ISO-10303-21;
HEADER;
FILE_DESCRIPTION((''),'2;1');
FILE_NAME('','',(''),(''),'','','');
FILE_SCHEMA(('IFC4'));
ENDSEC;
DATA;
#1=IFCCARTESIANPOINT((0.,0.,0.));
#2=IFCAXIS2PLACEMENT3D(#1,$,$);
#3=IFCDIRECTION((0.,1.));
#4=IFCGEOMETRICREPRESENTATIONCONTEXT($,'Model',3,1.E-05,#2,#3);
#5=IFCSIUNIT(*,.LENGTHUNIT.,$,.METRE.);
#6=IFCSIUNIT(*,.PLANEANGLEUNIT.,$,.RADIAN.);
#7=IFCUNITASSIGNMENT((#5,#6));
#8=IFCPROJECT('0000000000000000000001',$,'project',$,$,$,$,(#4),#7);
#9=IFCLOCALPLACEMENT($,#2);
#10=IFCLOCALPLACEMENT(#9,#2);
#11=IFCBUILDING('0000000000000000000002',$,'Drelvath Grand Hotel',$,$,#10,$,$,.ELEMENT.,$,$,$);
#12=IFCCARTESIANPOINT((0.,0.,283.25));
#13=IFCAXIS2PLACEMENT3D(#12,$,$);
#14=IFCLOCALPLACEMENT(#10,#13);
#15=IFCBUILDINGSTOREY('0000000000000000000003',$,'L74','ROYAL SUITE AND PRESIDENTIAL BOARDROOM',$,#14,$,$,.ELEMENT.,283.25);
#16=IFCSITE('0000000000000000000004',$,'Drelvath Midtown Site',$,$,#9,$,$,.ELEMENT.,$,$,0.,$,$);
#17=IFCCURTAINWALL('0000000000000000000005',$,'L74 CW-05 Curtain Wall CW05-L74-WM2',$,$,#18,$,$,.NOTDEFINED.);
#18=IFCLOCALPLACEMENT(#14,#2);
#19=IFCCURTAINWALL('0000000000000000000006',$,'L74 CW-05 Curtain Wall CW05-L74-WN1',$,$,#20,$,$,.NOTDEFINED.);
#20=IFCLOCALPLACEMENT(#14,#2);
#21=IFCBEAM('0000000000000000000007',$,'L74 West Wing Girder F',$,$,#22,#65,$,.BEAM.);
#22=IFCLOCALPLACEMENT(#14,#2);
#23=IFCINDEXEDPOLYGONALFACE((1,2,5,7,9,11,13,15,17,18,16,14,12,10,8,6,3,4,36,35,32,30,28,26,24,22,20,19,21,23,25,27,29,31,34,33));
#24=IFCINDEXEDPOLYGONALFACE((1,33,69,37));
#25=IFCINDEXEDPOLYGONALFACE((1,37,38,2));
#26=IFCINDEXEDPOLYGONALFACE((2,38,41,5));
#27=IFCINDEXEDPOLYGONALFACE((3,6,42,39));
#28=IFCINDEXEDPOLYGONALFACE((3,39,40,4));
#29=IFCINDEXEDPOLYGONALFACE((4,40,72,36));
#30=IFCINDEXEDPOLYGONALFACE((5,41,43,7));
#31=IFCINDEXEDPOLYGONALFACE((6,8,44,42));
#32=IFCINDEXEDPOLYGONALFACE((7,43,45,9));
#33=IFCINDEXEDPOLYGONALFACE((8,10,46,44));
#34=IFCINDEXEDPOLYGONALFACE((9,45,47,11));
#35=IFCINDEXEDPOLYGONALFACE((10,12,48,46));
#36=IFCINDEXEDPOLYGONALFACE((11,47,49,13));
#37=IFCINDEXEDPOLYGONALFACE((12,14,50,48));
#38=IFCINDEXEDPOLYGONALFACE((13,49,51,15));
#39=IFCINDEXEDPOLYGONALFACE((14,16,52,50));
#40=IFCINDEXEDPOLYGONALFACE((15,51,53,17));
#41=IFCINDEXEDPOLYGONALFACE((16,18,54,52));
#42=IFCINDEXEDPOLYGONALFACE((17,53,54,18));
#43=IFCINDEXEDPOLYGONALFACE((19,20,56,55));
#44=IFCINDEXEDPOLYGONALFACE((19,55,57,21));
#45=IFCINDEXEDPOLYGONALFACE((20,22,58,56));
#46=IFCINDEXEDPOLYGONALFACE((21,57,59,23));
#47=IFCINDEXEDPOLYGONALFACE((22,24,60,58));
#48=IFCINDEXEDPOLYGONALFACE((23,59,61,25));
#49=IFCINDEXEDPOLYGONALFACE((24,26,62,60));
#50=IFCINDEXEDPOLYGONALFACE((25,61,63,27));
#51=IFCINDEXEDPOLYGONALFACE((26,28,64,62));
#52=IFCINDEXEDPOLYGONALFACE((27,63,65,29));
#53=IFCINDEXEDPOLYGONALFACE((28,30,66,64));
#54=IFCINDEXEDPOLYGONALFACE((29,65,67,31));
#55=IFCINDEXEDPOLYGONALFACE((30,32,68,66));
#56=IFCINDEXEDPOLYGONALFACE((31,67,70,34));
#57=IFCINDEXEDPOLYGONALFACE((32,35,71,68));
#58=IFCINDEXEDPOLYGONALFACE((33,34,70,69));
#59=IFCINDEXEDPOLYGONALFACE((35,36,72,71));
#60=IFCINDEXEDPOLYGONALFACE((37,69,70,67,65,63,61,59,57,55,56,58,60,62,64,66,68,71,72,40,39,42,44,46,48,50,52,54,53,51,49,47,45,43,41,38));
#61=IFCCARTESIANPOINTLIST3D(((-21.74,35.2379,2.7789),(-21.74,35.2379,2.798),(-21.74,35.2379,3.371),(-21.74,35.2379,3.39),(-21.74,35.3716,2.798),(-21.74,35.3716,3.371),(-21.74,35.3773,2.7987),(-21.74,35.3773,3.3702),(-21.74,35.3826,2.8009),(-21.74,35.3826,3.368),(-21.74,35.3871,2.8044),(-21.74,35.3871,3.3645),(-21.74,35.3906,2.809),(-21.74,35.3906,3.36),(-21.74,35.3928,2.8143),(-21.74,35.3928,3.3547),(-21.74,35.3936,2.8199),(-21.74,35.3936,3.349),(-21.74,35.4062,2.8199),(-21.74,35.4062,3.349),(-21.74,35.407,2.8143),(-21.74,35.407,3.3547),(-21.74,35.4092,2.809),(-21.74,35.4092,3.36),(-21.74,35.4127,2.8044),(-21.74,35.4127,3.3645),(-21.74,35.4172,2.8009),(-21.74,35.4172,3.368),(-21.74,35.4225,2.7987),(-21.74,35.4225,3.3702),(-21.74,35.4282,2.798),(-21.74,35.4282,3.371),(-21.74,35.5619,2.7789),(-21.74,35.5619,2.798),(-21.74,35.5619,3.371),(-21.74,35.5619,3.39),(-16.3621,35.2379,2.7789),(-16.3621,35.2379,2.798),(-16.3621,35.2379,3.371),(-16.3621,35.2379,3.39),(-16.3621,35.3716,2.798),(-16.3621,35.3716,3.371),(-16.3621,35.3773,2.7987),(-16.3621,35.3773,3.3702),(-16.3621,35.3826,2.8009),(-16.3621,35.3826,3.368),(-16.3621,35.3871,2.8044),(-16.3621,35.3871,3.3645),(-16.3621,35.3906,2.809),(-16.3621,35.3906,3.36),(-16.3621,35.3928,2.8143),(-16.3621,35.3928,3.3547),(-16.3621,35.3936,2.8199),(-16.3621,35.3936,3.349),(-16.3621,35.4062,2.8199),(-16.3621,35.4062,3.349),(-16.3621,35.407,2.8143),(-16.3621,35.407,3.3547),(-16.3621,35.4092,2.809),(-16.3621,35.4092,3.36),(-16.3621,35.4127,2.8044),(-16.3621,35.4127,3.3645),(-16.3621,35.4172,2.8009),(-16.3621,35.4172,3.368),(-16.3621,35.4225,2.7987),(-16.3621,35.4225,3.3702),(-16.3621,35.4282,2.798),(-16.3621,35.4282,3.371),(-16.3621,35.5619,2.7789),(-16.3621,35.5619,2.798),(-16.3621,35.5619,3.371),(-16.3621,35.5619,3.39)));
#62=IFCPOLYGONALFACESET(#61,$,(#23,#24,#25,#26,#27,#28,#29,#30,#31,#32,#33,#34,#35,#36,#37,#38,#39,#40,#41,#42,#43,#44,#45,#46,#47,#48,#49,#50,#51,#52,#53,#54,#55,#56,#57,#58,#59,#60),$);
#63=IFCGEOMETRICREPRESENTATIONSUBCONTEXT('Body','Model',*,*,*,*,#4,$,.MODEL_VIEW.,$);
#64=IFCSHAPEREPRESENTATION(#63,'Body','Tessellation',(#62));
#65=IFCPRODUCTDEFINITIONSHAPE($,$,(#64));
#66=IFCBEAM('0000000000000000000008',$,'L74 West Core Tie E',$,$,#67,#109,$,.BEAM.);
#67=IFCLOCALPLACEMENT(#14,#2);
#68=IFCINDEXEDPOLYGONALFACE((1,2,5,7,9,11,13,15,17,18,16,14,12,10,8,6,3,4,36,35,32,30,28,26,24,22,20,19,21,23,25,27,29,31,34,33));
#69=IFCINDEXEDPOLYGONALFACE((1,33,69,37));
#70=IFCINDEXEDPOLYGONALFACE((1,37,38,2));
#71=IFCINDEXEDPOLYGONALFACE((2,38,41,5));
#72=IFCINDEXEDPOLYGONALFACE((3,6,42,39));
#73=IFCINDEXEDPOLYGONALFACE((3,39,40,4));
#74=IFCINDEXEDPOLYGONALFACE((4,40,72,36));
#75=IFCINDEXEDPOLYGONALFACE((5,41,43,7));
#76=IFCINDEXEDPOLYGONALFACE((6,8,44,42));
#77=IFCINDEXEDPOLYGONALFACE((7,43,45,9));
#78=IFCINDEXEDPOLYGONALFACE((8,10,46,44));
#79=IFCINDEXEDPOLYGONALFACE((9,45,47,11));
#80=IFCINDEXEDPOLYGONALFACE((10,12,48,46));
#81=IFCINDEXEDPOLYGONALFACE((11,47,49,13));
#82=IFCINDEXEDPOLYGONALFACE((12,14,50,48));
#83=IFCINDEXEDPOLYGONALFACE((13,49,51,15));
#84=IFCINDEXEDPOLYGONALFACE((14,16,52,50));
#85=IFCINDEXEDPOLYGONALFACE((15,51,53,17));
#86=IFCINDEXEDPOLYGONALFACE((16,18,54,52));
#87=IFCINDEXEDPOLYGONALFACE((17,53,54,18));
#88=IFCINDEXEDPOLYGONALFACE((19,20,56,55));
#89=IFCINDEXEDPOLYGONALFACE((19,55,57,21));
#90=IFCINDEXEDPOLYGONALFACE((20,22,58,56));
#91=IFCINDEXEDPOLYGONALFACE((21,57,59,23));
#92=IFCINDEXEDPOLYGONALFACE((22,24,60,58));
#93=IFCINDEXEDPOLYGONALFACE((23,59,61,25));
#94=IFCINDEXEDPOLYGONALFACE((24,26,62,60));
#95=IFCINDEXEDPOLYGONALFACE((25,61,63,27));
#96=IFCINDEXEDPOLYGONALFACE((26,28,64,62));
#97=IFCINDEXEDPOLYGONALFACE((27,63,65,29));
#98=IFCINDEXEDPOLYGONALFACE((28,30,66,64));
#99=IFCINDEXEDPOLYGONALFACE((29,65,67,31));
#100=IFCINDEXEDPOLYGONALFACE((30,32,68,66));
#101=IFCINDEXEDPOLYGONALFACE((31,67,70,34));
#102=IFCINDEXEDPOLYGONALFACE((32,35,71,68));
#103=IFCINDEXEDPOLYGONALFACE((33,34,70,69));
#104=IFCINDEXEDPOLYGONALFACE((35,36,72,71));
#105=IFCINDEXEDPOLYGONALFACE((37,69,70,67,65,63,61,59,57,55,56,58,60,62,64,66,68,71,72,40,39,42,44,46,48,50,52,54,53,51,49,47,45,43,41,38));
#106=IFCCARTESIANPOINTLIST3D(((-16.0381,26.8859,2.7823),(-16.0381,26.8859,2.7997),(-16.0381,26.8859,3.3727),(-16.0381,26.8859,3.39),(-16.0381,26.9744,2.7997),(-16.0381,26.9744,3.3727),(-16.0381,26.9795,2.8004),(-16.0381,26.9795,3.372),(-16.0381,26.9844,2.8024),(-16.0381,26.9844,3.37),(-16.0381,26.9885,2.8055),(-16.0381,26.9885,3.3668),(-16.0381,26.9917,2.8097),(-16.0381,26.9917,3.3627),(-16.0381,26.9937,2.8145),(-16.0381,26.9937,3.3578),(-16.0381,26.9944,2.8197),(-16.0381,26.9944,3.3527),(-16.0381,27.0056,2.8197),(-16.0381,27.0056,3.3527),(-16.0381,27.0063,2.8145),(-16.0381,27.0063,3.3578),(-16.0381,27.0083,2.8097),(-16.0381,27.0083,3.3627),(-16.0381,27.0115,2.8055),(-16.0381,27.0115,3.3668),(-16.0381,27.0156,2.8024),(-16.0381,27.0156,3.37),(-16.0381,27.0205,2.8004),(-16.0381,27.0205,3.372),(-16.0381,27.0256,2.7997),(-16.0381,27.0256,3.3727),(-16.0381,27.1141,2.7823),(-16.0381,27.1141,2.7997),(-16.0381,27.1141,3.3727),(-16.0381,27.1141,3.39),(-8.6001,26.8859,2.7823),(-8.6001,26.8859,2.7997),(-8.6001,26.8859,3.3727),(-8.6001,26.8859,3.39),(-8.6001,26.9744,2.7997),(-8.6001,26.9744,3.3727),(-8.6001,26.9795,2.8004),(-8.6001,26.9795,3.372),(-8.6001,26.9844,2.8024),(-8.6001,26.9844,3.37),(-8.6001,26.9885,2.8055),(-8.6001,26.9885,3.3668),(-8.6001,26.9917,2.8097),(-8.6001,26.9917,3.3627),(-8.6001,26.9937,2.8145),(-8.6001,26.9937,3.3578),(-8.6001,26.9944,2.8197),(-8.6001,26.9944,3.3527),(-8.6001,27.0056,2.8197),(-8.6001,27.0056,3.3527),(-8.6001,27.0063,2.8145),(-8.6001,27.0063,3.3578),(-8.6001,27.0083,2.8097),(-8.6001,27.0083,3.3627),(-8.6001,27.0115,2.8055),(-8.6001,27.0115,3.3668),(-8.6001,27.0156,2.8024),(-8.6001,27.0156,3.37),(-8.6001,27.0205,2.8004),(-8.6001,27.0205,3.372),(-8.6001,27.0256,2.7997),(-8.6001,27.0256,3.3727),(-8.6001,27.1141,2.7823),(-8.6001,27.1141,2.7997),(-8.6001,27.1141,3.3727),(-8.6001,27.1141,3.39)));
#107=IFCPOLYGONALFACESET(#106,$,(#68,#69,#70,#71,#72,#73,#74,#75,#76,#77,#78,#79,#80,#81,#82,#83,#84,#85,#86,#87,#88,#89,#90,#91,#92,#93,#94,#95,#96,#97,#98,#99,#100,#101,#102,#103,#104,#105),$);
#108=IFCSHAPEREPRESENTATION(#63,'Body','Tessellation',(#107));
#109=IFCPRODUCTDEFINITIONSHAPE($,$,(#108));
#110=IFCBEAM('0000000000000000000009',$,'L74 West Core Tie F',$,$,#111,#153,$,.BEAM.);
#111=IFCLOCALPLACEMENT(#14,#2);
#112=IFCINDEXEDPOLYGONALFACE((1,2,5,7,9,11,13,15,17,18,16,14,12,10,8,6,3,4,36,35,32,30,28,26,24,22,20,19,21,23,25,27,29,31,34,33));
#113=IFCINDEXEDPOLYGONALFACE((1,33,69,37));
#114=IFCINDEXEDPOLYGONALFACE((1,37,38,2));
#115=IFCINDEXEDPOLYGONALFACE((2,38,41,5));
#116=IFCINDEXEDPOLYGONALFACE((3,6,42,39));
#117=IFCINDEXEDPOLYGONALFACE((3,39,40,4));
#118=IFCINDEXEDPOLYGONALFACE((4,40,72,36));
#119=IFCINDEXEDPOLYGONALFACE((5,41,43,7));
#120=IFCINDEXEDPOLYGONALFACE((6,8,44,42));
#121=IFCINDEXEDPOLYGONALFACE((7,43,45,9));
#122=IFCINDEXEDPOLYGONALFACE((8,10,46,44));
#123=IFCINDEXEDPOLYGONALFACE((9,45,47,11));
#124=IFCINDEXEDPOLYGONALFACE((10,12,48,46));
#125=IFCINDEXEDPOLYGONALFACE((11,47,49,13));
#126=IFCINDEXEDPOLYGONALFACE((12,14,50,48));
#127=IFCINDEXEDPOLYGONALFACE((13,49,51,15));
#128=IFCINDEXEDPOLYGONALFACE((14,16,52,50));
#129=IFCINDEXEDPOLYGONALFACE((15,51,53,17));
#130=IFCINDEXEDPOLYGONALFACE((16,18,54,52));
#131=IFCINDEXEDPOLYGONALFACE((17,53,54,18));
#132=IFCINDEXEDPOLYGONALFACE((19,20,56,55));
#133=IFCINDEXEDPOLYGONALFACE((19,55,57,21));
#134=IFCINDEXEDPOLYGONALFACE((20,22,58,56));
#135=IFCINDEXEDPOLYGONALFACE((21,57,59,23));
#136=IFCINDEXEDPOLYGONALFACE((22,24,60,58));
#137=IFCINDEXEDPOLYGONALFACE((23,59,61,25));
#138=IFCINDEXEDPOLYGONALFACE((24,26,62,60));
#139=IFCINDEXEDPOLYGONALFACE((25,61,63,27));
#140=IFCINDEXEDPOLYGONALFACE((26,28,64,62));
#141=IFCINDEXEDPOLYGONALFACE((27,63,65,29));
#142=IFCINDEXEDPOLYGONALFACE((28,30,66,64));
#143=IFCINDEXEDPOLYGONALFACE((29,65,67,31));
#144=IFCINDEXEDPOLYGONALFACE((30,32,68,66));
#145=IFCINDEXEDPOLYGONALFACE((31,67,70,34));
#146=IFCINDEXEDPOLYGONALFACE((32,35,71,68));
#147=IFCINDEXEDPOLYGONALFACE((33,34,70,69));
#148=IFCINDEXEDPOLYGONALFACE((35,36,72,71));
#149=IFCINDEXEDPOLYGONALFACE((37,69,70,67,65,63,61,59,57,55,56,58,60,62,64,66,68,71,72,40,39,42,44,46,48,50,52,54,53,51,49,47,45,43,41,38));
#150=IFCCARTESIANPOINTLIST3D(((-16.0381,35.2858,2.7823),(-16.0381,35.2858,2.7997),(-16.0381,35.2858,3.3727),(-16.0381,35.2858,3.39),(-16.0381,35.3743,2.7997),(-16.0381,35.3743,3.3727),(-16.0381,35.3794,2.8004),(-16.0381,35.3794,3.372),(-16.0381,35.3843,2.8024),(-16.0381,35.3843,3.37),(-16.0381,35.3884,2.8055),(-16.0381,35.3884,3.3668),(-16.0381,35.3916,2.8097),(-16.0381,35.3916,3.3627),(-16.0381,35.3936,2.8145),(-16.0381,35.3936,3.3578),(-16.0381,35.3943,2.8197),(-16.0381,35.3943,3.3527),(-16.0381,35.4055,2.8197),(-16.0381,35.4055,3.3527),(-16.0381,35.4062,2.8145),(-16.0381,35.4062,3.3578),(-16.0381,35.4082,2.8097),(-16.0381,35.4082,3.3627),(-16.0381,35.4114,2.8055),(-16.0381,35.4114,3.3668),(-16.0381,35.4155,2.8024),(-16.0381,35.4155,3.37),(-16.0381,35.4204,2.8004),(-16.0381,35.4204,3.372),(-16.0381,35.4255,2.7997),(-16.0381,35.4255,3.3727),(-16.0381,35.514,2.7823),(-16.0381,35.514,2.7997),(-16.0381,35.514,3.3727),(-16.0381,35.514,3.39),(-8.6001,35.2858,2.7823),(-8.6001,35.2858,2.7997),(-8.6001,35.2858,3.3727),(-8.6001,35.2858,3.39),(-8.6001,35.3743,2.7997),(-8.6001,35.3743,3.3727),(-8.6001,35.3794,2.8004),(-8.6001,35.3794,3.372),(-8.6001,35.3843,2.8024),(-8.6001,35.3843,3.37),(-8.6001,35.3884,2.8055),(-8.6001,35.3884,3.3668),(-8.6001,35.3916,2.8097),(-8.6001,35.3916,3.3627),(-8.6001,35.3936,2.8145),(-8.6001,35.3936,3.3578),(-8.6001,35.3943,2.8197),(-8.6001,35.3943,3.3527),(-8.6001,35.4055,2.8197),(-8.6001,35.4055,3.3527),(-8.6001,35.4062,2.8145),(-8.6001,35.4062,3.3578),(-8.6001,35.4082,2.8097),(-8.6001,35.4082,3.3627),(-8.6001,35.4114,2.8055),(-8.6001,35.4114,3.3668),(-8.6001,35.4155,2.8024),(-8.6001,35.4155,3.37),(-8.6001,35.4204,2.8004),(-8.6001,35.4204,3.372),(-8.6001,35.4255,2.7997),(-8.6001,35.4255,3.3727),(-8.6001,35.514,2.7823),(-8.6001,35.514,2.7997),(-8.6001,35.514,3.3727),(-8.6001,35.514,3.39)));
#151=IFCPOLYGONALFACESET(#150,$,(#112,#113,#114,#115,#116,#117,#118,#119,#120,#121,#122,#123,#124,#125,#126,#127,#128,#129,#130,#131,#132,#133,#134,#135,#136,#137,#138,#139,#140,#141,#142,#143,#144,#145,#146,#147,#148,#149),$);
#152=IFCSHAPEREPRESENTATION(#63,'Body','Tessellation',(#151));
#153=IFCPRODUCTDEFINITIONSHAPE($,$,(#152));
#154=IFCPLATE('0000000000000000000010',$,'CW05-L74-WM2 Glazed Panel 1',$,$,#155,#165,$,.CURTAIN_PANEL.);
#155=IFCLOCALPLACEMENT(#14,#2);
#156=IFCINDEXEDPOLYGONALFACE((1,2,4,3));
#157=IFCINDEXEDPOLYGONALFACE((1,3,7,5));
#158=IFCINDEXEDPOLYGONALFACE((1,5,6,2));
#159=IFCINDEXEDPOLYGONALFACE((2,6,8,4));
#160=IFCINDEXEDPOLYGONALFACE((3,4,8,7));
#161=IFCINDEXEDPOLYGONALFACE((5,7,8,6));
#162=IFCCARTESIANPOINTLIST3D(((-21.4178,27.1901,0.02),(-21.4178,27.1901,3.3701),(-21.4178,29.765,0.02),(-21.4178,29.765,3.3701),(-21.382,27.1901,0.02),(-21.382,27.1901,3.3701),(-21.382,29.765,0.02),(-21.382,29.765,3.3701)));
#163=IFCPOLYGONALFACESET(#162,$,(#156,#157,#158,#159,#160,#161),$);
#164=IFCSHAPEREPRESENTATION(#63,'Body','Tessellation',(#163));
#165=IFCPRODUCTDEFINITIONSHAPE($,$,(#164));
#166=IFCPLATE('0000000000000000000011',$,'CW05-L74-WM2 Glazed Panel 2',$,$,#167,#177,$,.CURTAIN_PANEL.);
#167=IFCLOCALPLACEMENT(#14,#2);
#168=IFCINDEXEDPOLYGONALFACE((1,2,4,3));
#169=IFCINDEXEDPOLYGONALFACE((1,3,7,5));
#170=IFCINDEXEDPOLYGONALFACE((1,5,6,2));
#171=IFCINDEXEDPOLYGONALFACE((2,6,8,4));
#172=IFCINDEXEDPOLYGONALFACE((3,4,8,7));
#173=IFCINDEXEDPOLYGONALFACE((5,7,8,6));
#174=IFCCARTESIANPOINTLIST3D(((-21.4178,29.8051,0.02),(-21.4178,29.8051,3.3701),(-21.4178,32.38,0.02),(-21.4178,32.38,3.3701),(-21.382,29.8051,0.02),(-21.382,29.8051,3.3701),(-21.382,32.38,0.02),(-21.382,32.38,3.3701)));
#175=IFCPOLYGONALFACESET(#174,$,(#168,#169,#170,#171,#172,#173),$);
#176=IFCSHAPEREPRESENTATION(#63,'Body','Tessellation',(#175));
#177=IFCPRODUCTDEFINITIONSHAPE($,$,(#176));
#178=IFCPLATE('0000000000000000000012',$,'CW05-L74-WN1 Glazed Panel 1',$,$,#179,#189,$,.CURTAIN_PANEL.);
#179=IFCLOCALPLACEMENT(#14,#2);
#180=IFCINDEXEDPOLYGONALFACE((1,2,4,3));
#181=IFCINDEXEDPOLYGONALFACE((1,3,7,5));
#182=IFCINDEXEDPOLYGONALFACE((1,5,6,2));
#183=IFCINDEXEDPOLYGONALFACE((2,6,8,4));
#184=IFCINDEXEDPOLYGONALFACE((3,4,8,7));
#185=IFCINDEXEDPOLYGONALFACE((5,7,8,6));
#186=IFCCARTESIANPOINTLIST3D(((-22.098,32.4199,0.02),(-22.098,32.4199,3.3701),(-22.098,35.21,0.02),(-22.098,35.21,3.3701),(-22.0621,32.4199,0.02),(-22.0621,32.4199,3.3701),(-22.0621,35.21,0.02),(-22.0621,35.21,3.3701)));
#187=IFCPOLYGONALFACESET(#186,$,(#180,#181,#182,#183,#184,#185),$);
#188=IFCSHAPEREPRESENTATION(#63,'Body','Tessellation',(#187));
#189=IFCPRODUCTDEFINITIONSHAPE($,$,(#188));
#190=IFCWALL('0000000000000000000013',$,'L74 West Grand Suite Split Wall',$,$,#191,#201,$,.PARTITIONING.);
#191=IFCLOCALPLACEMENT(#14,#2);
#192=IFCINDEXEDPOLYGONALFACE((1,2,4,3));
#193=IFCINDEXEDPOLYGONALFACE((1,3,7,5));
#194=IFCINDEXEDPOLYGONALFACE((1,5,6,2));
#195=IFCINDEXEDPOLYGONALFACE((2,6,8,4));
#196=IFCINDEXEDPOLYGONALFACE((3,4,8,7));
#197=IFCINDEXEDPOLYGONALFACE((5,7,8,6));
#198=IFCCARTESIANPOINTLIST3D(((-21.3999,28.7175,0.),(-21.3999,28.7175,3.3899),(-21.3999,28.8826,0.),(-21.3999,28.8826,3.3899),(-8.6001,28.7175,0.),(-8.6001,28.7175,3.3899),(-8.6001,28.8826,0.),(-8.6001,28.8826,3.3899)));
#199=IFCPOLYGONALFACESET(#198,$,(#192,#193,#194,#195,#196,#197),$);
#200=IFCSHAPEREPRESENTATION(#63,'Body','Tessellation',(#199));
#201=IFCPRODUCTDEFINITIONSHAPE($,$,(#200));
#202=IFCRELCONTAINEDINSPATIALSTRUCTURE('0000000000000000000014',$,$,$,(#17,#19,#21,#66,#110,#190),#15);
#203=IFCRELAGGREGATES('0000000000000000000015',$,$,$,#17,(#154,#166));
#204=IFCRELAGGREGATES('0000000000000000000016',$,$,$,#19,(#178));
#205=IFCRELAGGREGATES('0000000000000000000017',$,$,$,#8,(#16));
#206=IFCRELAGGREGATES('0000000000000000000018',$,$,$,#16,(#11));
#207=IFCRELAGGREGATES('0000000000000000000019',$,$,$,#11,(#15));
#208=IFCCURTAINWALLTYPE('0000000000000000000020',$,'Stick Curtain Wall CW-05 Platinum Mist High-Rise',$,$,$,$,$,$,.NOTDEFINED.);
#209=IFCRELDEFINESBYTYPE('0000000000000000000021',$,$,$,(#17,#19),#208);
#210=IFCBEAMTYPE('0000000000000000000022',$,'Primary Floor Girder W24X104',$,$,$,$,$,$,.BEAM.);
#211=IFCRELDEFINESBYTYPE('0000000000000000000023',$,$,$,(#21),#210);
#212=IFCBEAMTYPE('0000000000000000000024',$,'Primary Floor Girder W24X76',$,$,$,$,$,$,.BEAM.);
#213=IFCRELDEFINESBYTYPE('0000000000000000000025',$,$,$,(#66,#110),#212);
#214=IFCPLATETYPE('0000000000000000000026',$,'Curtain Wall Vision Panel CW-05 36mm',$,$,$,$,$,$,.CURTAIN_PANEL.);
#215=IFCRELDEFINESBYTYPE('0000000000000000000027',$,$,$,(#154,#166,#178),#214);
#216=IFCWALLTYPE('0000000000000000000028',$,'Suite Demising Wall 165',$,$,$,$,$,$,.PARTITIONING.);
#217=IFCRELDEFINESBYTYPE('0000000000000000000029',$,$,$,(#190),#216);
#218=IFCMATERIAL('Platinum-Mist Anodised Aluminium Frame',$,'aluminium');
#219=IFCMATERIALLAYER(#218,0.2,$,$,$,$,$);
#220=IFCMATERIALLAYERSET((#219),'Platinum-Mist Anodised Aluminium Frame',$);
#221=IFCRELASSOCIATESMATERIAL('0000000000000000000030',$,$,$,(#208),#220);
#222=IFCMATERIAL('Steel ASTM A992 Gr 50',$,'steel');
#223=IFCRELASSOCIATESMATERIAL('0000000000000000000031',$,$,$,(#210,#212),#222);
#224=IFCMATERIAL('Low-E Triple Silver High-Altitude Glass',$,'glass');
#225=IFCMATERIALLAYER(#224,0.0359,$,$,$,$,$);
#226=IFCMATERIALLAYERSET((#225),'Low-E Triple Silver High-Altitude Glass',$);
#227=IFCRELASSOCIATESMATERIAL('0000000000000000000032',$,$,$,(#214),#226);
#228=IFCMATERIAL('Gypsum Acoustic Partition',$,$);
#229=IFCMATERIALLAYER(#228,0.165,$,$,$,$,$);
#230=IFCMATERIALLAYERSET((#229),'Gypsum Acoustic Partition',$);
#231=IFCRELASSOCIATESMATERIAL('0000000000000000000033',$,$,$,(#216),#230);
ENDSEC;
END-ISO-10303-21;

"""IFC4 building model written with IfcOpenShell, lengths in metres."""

from ifc_helpers import new_model, si_unit, direction, frame, frame_2d, origin, origin_2d, place, context, subcontext, project, spatial, rectangle, i_section, extrude, material, layer, layer_set, material_profile, profile_set, type_object, element, aggregate, save


model = new_model("IFC4")

# Units and contexts
model_context = context("Model", 3, precision=1e-05, world=origin(), true_north=direction((0.0, 1.0)))
body_context = subcontext(model_context, "Body", "Model", "MODEL_VIEW")
ifc_project = project(units=[si_unit("LENGTHUNIT", "METRE"), si_unit("PLANEANGLEUNIT", "RADIAN")], contexts=[model_context])

# Site, building, storey
site_placement = place(None, origin())
site = spatial("IfcSite", under=ifc_project, at=site_placement, Name="Drelvath Midtown Site", CompositionType="ELEMENT", RefElevation=0.0)
building_placement = place(site_placement, origin())
building = spatial("IfcBuilding", under=site, at=building_placement, Name="Drelvath Grand Hotel", CompositionType="ELEMENT")
storey_placement = place(building_placement, frame((0.0, 0.0, 283.25)))
storey = spatial("IfcBuildingStorey", under=building, at=storey_placement, Name="L74", Description="ROYAL SUITE AND PRESIDENTIAL BOARDROOM", CompositionType="ELEMENT", Elevation=283.25)

# Curtain walls
ifc_material_1 = material(Name="Platinum-Mist Anodised Aluminium Frame", Category="aluminium")
ifc_layer_1 = layer(ifc_material_1, 0.2)
ifc_layer_set_1 = layer_set([ifc_layer_1], Name="Platinum-Mist Anodised Aluminium Frame")
curtain_wall_type = type_object("IfcCurtainWallType", Name="Stick Curtain Wall CW-05 Platinum Mist High-Rise", PredefinedType="NOTDEFINED", material=ifc_layer_set_1)
curtain_wall_1_placement = place(storey_placement, origin())
curtain_wall_1 = element("IfcCurtainWall", 1, at=curtain_wall_1_placement, inside=storey, type_object=curtain_wall_type, Name="L74 CW-05 Curtain Wall CW05-L74-WM2", PredefinedType="NOTDEFINED")
curtain_wall_2_placement = place(storey_placement, origin())
curtain_wall_2 = element("IfcCurtainWall", 2, at=curtain_wall_2_placement, inside=storey, type_object=curtain_wall_type, Name="L74 CW-05 Curtain Wall CW05-L74-WN1", PredefinedType="NOTDEFINED")

# Beams
ifc_material_2 = material(Name="Steel ASTM A992 Gr 50", Category="steel")
ifc_material_profile_1 = material_profile(ifc_material_2, i_section(OverallWidth=0.324, OverallDepth=0.6111, WebThickness=0.0127, FlangeThickness=0.019, FilletRadius=0.022, at=origin_2d()), Name="W24X104")
ifc_profile_set_1 = profile_set([ifc_material_profile_1], Name="Steel ASTM A992 Gr 50")
beam_type_1 = type_object("IfcBeamType", Name="Primary Floor Girder W24X104", PredefinedType="BEAM", material=ifc_profile_set_1)
beam_1_placement = place(storey_placement, frame((-21.74, 35.3999, 3.0845), z_axis=(1.0, 0.0, 0.0), x_axis=(0.0, 1.0, 0.0)))
element("IfcBeam", 3, at=beam_1_placement, inside=storey, type_object=beam_type_1, Name="L74 West Wing Girder F", PredefinedType="BEAM", context=body_context, shape_type="SweptSolid", body=[
    extrude(i_section(OverallWidth=0.324, OverallDepth=0.6111, WebThickness=0.0127, FlangeThickness=0.019, FilletRadius=0.022, at=origin_2d()), origin(), (0.0, 0.0, 1.0), 5.3779),
])
ifc_material_profile_2 = material_profile(ifc_material_2, i_section(OverallWidth=0.2283, OverallDepth=0.6077, WebThickness=0.0112, FlangeThickness=0.0173, FilletRadius=0.02, at=origin_2d()), Name="W24X76")
ifc_profile_set_2 = profile_set([ifc_material_profile_2], Name="Steel ASTM A992 Gr 50")
beam_type_2 = type_object("IfcBeamType", Name="Primary Floor Girder W24X76", PredefinedType="BEAM", material=ifc_profile_set_2)
for number, where, z_axis, x_axis, name in (
    (4, (-16.0381, 27.0, 3.0862), (1.0, 0.0, 0.0), (0.0, 1.0, 0.0), "L74 West Core Tie E"),
    (5, (-16.0381, 35.3999, 3.0862), (1.0, 0.0, 0.0), (0.0, 1.0, 0.0), "L74 West Core Tie F"),
):
    element("IfcBeam", number, at=place(storey_placement, frame(where, z_axis=z_axis, x_axis=x_axis)), inside=storey, type_object=beam_type_2, Name=name, PredefinedType="BEAM", context=body_context, shape_type="SweptSolid", body=[
        extrude(i_section(OverallWidth=0.2283, OverallDepth=0.6077, WebThickness=0.0112, FlangeThickness=0.0173, FilletRadius=0.02, at=origin_2d()), origin(), (0.0, 0.0, 1.0), 7.438),
    ])

# Plates
ifc_material_3 = material(Name="Low-E Triple Silver High-Altitude Glass", Category="glass")
ifc_layer_2 = layer(ifc_material_3, 0.0359)
ifc_layer_set_2 = layer_set([ifc_layer_2], Name="Low-E Triple Silver High-Altitude Glass")
plate_type = type_object("IfcPlateType", Name="Curtain Wall Vision Panel CW-05 36mm", PredefinedType="CURTAIN_PANEL", material=ifc_layer_set_2)
plate_1_placement = place(storey_placement, frame((-21.3999, 28.4775, 0.02), z_axis=(0.0, 0.0, 1.0), x_axis=(0.0, 1.0, 0.0)))
plate_1 = element("IfcPlate", 6, at=plate_1_placement, type_object=plate_type, Name="CW05-L74-WM2 Glazed Panel 1", PredefinedType="CURTAIN_PANEL", context=body_context, shape_type="SweptSolid", body=[
    extrude(rectangle(XDim=2.575, YDim=0.0359, at=origin_2d()), origin(), (0.0, 0.0, 1.0), 3.3501),
])
plate_2_placement = place(storey_placement, frame((-21.3999, 31.0925, 0.02), z_axis=(0.0, 0.0, 1.0), x_axis=(0.0, 1.0, 0.0)))
plate_2 = element("IfcPlate", 7, at=plate_2_placement, type_object=plate_type, Name="CW05-L74-WM2 Glazed Panel 2", PredefinedType="CURTAIN_PANEL", context=body_context, shape_type="SweptSolid", body=[
    extrude(rectangle(XDim=2.575, YDim=0.0359, at=origin_2d()), origin(), (0.0, 0.0, 1.0), 3.3501),
])
aggregate(curtain_wall_1, [plate_1, plate_2])
plate_3_placement = place(storey_placement, frame((-22.0801, 33.8149, 0.02), z_axis=(0.0, 0.0, 1.0), x_axis=(0.0, 1.0, 0.0)))
plate_3 = element("IfcPlate", 8, at=plate_3_placement, type_object=plate_type, Name="CW05-L74-WN1 Glazed Panel 1", PredefinedType="CURTAIN_PANEL", context=body_context, shape_type="SweptSolid", body=[
    extrude(rectangle(XDim=2.79, YDim=0.0359, at=origin_2d()), origin(), (0.0, 0.0, 1.0), 3.3501),
])
aggregate(curtain_wall_2, [plate_3])

# Wall
ifc_material_4 = material(Name="Gypsum Acoustic Partition")
ifc_layer_3 = layer(ifc_material_4, 0.165)
ifc_layer_set_3 = layer_set([ifc_layer_3], Name="Gypsum Acoustic Partition")
wall_type_1 = type_object("IfcWallType", Name="Suite Demising Wall 165", PredefinedType="PARTITIONING", material=ifc_layer_set_3)
wall_1_placement = place(storey_placement, frame((-21.3999, 28.8, 0.0), z_axis=(0.0, 0.0, 1.0), x_axis=(1.0, 0.0, 0.0)))
element("IfcWall", 9, at=wall_1_placement, inside=storey, type_object=wall_type_1, Name="L74 West Grand Suite Split Wall", PredefinedType="PARTITIONING", context=body_context, shape_type="SweptSolid", body=[
    extrude(rectangle(XDim=12.7998, YDim=0.165, at=frame_2d((6.3999, 0.0))), origin(), (0.0, 0.0, 1.0), 3.3899),
])

save(model, "model.ifc")
